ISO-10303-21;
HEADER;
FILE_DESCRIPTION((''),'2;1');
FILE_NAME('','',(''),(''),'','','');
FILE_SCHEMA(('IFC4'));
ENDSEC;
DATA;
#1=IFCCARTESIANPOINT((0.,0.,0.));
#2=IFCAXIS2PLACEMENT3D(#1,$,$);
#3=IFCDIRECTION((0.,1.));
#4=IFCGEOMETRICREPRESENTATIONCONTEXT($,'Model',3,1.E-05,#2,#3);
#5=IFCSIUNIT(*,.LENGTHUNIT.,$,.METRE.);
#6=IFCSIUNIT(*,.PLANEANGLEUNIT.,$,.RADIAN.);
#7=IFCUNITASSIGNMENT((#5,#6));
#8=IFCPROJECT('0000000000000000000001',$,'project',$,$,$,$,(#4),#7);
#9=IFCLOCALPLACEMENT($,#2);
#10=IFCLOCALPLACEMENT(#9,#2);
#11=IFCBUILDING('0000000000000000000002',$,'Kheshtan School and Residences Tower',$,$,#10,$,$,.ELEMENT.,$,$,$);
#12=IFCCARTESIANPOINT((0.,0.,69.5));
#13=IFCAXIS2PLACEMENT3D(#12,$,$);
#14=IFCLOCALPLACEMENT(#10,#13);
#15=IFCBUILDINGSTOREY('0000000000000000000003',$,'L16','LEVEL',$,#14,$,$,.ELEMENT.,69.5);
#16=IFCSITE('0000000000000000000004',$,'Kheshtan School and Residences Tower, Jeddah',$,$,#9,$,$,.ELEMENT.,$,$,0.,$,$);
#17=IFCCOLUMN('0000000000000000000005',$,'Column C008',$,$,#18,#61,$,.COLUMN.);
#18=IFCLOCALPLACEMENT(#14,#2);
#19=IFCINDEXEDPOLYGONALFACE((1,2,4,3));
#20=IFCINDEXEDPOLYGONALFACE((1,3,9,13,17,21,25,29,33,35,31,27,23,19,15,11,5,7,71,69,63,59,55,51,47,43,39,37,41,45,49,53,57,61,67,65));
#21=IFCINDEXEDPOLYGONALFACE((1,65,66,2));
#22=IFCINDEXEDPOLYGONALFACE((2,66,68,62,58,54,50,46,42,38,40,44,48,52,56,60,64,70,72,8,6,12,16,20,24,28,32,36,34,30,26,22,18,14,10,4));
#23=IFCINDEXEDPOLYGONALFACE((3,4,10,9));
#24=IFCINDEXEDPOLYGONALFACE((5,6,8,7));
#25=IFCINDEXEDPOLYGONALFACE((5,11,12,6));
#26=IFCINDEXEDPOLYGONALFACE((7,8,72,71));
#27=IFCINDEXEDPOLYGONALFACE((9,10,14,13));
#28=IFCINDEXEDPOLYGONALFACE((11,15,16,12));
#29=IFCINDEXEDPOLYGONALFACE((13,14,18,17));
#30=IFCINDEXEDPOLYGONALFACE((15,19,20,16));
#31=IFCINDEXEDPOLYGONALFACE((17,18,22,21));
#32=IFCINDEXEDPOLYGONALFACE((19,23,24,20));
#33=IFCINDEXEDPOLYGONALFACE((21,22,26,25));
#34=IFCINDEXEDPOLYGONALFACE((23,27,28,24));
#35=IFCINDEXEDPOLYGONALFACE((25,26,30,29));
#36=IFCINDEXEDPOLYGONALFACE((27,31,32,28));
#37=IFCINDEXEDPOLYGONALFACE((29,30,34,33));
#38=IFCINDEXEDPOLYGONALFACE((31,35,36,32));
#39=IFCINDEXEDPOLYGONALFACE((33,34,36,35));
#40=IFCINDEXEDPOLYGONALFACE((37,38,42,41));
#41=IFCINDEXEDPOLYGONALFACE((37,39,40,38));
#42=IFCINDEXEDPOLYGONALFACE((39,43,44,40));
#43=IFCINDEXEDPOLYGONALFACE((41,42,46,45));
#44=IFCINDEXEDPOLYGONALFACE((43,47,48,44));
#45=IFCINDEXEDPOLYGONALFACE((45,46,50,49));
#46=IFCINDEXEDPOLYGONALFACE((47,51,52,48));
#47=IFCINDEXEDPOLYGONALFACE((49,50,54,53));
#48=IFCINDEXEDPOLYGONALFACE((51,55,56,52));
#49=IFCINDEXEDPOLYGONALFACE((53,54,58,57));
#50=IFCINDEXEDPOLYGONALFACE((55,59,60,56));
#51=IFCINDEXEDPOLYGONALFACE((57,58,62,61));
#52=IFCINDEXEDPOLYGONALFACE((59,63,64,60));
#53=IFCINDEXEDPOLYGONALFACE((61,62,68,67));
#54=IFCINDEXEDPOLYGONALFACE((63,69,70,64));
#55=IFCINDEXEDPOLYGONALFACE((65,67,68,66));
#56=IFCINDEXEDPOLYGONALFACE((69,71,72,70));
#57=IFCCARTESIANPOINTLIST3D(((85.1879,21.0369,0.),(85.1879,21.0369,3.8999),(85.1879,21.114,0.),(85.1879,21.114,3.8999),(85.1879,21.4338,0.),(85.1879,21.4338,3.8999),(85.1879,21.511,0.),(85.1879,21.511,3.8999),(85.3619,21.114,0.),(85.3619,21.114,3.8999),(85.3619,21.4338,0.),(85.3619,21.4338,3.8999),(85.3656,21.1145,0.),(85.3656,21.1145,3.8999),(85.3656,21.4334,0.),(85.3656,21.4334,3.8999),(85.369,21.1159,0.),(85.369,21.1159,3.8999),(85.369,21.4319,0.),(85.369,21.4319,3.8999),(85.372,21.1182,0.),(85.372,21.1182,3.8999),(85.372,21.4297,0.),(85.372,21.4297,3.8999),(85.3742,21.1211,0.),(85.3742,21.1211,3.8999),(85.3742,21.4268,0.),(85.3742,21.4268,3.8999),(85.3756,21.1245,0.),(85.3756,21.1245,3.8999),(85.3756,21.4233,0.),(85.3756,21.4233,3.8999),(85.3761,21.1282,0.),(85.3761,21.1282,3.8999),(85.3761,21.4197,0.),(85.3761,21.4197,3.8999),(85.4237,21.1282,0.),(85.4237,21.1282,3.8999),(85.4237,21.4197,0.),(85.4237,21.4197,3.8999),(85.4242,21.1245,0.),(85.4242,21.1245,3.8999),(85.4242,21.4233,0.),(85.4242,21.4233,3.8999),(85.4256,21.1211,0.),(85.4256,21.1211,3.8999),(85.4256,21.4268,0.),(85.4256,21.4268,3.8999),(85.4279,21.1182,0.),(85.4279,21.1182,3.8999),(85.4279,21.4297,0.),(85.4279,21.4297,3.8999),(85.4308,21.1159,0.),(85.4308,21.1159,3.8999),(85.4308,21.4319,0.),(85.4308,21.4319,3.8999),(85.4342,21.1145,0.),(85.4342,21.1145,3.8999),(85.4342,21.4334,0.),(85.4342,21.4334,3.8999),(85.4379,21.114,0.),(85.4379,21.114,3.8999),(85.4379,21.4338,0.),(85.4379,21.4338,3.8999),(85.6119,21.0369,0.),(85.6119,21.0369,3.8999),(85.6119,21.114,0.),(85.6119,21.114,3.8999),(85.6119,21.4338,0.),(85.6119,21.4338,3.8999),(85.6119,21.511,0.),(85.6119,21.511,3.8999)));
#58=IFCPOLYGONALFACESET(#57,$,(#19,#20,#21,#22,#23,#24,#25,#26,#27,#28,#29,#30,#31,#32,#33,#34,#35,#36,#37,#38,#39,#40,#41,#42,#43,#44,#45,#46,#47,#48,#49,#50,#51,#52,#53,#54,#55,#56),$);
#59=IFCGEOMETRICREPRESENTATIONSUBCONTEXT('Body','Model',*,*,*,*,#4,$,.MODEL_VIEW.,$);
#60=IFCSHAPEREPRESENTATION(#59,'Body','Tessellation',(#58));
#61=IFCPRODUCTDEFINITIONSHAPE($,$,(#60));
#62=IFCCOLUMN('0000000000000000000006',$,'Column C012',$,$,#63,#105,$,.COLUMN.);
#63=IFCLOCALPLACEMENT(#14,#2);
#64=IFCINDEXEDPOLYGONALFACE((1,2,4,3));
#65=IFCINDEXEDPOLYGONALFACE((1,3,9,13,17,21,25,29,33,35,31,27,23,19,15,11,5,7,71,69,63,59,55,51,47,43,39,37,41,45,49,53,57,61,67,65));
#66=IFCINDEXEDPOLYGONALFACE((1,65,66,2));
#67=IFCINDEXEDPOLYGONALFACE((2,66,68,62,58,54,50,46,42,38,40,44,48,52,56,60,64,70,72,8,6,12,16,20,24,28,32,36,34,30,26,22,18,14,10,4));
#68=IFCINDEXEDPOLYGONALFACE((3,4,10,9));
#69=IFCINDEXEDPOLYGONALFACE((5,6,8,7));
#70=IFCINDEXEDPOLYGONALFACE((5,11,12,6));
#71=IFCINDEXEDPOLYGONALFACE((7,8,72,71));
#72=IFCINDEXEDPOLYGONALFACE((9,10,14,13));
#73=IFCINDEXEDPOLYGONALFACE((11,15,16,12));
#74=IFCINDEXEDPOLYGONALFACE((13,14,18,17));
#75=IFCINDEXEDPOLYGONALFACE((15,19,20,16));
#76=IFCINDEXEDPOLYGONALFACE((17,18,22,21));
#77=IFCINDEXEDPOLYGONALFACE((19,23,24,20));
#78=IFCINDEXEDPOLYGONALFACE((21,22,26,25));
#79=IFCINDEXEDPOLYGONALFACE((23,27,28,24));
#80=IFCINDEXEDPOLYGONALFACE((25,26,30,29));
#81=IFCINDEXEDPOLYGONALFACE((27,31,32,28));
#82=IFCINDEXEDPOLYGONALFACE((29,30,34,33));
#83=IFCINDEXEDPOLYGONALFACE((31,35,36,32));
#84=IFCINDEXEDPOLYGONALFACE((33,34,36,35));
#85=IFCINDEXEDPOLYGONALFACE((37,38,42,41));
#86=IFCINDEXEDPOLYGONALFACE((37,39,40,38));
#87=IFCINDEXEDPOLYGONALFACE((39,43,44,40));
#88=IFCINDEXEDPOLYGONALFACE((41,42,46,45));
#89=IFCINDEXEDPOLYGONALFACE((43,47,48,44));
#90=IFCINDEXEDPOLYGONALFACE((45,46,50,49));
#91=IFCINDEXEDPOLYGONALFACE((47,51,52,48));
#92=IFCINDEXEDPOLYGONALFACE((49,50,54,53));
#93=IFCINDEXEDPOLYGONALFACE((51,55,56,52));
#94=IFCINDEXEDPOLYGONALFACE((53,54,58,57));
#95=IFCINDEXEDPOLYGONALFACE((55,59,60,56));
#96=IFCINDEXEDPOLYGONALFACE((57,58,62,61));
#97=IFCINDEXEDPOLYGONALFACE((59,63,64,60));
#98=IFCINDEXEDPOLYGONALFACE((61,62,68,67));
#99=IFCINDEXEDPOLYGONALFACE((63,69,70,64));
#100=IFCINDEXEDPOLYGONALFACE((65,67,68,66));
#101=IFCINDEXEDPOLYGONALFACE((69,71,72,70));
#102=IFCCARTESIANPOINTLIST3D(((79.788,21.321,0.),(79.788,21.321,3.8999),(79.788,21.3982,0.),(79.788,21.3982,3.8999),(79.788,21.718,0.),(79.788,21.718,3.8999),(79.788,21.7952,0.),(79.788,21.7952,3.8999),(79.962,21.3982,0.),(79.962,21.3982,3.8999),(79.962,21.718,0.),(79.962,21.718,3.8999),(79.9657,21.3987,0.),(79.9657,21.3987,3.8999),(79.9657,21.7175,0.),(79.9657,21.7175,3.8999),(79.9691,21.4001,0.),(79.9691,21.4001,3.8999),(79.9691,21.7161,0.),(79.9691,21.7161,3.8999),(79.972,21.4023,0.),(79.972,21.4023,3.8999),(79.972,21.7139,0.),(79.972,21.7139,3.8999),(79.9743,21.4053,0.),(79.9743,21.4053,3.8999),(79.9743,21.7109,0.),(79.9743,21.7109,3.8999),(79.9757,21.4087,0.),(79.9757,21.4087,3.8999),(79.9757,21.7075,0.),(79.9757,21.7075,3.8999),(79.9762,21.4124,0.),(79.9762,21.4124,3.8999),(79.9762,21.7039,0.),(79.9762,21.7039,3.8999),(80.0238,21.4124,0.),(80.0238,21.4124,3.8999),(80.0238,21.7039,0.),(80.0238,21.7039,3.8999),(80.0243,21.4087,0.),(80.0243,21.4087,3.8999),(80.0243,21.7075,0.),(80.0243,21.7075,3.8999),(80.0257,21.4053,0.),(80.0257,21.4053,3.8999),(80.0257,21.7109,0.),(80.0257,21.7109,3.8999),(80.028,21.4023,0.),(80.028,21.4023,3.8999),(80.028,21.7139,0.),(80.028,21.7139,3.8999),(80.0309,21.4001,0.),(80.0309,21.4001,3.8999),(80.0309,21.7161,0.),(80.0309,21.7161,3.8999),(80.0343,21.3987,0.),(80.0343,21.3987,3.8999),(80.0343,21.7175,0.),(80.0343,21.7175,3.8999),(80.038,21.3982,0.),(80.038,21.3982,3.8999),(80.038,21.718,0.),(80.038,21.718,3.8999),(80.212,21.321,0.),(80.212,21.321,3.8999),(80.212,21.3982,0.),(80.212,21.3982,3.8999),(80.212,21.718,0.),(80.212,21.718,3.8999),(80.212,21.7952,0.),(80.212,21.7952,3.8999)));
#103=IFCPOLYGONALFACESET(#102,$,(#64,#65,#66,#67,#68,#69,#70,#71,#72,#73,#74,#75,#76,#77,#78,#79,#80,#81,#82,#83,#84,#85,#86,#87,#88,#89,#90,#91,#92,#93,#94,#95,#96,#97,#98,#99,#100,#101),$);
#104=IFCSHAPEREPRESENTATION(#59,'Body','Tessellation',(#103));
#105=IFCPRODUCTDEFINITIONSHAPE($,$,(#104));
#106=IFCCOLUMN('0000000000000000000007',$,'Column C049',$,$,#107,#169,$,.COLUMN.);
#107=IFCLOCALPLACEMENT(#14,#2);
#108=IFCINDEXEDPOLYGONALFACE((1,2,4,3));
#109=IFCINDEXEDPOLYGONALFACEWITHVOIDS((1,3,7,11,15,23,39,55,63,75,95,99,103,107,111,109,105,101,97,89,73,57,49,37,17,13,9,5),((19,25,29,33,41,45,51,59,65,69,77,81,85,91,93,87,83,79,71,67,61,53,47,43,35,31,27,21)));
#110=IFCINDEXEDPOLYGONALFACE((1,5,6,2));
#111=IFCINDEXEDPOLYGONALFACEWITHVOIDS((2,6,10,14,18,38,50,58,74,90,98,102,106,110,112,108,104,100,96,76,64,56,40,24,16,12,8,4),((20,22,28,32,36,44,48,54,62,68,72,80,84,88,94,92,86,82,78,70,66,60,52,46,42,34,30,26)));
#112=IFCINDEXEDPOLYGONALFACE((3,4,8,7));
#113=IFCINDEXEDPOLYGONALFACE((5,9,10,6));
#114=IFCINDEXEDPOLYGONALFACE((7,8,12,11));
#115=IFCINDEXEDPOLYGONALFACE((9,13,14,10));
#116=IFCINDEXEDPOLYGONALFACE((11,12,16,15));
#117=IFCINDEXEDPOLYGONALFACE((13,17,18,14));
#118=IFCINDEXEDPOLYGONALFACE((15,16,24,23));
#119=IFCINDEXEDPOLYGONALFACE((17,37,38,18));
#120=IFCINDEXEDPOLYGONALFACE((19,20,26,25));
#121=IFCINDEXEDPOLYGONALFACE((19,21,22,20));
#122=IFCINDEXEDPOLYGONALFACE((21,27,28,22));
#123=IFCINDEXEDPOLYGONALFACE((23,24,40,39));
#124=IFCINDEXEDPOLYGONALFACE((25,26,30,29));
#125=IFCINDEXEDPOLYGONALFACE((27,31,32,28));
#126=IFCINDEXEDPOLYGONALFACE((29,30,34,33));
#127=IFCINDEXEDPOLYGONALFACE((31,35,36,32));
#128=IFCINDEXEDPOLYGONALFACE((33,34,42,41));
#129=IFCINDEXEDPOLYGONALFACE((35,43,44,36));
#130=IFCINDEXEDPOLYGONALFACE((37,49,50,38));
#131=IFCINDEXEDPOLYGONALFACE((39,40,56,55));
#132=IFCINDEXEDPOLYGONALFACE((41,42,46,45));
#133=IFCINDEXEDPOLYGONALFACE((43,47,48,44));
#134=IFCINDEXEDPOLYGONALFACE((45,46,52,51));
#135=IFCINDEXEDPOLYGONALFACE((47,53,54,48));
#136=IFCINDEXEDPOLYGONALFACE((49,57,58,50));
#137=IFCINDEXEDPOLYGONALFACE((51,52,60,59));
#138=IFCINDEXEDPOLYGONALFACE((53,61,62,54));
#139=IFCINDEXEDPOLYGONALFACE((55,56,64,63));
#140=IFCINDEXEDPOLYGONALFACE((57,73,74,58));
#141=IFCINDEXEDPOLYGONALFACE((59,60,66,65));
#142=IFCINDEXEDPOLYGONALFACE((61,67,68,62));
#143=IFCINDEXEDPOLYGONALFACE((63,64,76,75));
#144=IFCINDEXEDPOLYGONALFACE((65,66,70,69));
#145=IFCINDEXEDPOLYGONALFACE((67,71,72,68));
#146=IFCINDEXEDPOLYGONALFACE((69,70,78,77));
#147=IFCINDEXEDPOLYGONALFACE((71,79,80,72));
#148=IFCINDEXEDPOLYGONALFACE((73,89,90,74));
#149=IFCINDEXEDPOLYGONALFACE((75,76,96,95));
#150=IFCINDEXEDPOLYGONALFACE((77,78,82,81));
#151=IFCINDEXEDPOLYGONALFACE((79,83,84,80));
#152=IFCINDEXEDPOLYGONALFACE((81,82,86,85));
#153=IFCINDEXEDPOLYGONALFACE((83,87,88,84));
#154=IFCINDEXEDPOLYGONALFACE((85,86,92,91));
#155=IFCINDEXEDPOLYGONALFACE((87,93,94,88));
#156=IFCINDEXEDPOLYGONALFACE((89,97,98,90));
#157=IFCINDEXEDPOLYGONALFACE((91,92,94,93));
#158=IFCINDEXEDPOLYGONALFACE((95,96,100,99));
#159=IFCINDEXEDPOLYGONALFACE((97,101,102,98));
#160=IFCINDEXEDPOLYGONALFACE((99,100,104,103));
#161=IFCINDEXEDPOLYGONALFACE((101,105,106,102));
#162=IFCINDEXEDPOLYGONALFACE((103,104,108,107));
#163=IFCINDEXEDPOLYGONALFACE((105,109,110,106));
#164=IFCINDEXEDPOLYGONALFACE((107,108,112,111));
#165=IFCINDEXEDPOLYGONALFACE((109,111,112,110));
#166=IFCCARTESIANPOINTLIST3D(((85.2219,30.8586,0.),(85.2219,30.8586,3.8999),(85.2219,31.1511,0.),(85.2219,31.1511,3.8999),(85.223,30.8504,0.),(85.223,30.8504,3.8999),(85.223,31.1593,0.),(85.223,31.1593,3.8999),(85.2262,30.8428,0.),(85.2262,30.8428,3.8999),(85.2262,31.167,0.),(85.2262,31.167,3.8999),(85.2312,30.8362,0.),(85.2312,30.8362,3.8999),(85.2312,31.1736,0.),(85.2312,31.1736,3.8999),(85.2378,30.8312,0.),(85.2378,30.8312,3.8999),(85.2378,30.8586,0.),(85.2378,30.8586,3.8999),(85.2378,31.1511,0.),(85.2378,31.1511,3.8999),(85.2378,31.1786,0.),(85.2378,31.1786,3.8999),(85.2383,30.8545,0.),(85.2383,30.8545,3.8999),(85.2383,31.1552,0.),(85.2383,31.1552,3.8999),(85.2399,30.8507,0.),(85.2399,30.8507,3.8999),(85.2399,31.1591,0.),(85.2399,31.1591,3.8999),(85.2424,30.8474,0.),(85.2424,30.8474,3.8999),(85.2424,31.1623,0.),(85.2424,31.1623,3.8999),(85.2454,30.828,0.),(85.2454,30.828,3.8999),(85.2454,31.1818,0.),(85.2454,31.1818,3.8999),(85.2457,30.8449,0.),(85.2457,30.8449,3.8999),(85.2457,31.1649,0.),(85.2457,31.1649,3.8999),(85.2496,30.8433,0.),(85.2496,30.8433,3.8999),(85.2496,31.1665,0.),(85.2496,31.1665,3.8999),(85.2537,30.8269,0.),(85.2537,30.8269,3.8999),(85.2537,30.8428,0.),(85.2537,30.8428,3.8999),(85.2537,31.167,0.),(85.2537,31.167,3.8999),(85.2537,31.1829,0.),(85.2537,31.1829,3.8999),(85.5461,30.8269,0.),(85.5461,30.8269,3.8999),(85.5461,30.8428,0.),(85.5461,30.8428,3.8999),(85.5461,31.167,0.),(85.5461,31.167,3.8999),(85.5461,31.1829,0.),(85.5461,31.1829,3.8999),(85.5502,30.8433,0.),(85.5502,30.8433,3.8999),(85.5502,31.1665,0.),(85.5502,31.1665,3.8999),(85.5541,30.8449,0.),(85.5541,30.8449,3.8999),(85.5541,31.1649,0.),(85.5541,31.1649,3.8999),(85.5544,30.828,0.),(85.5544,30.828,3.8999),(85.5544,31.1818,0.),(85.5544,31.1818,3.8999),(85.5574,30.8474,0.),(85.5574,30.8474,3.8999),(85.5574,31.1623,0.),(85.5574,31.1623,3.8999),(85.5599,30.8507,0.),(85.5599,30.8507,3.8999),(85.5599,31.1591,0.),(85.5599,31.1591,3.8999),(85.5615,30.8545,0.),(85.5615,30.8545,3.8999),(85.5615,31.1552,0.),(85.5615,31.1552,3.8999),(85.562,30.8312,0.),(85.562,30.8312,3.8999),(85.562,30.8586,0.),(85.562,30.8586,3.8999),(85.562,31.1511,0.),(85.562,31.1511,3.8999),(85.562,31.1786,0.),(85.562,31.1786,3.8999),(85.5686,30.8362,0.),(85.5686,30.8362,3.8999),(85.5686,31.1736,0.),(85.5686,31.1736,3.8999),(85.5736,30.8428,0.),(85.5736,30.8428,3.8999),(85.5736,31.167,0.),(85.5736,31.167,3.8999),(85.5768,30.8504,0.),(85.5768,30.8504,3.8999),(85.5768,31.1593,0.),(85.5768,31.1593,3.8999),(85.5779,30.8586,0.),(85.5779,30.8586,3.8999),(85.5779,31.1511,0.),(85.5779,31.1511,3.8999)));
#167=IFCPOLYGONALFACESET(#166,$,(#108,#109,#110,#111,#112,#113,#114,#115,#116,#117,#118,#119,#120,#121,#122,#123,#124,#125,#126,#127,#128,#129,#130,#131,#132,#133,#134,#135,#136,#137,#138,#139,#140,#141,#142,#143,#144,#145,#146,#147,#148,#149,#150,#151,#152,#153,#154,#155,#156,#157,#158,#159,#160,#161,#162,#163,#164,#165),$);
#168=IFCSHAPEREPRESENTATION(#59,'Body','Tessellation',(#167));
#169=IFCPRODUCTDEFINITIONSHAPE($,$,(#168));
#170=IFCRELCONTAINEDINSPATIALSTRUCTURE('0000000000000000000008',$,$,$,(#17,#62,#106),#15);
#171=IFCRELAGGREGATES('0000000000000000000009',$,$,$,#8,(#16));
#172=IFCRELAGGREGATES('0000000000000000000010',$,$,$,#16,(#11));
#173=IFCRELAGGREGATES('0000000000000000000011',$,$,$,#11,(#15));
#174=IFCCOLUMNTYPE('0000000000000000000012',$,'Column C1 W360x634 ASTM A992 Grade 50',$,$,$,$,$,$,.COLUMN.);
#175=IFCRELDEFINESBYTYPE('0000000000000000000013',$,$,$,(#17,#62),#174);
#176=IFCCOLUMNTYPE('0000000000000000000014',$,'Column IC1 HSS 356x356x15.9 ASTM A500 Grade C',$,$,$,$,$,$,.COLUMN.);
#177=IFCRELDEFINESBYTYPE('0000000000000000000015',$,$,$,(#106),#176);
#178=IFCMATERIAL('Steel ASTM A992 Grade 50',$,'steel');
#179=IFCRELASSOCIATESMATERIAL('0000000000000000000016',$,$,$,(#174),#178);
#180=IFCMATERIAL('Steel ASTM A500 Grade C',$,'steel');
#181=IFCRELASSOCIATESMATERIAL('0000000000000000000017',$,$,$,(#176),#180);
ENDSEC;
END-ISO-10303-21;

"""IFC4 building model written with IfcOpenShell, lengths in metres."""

from ifc_helpers import new_model, si_unit, direction, frame, origin, origin_2d, place, context, subcontext, project, spatial, hollow_rectangle, i_section, extrude, material, material_profile, profile_set, type_object, element, save


model = new_model("IFC4")

# Units and contexts
model_context = context("Model", 3, precision=1e-05, world=origin(), true_north=direction((0.0, 1.0)))
body_context = subcontext(model_context, "Body", "Model", "MODEL_VIEW")
ifc_project = project(units=[si_unit("LENGTHUNIT", "METRE"), si_unit("PLANEANGLEUNIT", "RADIAN")], contexts=[model_context])

# Site, building, storey
site_placement = place(None, origin())
site = spatial("IfcSite", under=ifc_project, at=site_placement, Name="Kheshtan School and Residences Tower, Jeddah", CompositionType="ELEMENT", RefElevation=0.0)
building_placement = place(site_placement, origin())
building = spatial("IfcBuilding", under=site, at=building_placement, Name="Kheshtan School and Residences Tower", CompositionType="ELEMENT")
storey_placement = place(building_placement, frame((0.0, 0.0, 69.5)))
storey = spatial("IfcBuildingStorey", under=building, at=storey_placement, Name="L16", Description="LEVEL", CompositionType="ELEMENT", Elevation=69.5)

# Columns
ifc_material_1 = material(Name="Steel ASTM A992 Grade 50", Category="steel")
ifc_material_profile_1 = material_profile(ifc_material_1, i_section(OverallWidth=0.4241, OverallDepth=0.4741, WebThickness=0.0476, FlangeThickness=0.0771, FilletRadius=0.0142, at=origin_2d()), Name="W360x634")
ifc_profile_set_1 = profile_set([ifc_material_profile_1], Name="Steel ASTM A992 Grade 50")
column_type_1 = type_object("IfcColumnType", Name="Column C1 W360x634 ASTM A992 Grade 50", PredefinedType="COLUMN", material=ifc_profile_set_1)
for number, where, z_axis, x_axis, name in (
    (1, (85.3999, 21.2739, 0.0), (0.0, 0.0, 1.0), (1.0, 0.0, 0.0), "Column C008"),
    (2, (80.0, 21.5581, 0.0), (0.0, 0.0, 1.0), (1.0, 0.0, 0.0), "Column C012"),
):
    element("IfcColumn", number, at=place(storey_placement, frame(where, z_axis=z_axis, x_axis=x_axis)), inside=storey, type_object=column_type_1, Name=name, PredefinedType="COLUMN", context=body_context, shape_type="SweptSolid", body=[
        extrude(i_section(OverallWidth=0.4241, OverallDepth=0.4741, WebThickness=0.0476, FlangeThickness=0.0771, FilletRadius=0.0142, at=origin_2d()), origin(), (0.0, 0.0, 1.0), 3.8999),
    ])
ifc_material_2 = material(Name="Steel ASTM A500 Grade C", Category="steel")
ifc_material_profile_2 = material_profile(ifc_material_2, hollow_rectangle(XDim=0.356, YDim=0.356, WallThickness=0.0159, InnerFilletRadius=0.0159, OuterFilletRadius=0.0317, at=origin_2d()), Name="HSS 356x356x15.9")
ifc_profile_set_2 = profile_set([ifc_material_profile_2], Name="Steel ASTM A500 Grade C")
column_type_2 = type_object("IfcColumnType", Name="Column IC1 HSS 356x356x15.9 ASTM A500 Grade C", PredefinedType="COLUMN", material=ifc_profile_set_2)
column_placement = place(storey_placement, frame((85.3999, 31.0049, 0.0), z_axis=(0.0, 0.0, 1.0), x_axis=(1.0, 0.0, 0.0)))
element("IfcColumn", 3, at=column_placement, inside=storey, type_object=column_type_2, Name="Column C049", PredefinedType="COLUMN", context=body_context, shape_type="SweptSolid", body=[
    extrude(hollow_rectangle(XDim=0.356, YDim=0.356, WallThickness=0.0159, InnerFilletRadius=0.0159, OuterFilletRadius=0.0317, at=origin_2d()), origin(), (0.0, 0.0, 1.0), 3.8999),
])

save(model, "model.ifc")
